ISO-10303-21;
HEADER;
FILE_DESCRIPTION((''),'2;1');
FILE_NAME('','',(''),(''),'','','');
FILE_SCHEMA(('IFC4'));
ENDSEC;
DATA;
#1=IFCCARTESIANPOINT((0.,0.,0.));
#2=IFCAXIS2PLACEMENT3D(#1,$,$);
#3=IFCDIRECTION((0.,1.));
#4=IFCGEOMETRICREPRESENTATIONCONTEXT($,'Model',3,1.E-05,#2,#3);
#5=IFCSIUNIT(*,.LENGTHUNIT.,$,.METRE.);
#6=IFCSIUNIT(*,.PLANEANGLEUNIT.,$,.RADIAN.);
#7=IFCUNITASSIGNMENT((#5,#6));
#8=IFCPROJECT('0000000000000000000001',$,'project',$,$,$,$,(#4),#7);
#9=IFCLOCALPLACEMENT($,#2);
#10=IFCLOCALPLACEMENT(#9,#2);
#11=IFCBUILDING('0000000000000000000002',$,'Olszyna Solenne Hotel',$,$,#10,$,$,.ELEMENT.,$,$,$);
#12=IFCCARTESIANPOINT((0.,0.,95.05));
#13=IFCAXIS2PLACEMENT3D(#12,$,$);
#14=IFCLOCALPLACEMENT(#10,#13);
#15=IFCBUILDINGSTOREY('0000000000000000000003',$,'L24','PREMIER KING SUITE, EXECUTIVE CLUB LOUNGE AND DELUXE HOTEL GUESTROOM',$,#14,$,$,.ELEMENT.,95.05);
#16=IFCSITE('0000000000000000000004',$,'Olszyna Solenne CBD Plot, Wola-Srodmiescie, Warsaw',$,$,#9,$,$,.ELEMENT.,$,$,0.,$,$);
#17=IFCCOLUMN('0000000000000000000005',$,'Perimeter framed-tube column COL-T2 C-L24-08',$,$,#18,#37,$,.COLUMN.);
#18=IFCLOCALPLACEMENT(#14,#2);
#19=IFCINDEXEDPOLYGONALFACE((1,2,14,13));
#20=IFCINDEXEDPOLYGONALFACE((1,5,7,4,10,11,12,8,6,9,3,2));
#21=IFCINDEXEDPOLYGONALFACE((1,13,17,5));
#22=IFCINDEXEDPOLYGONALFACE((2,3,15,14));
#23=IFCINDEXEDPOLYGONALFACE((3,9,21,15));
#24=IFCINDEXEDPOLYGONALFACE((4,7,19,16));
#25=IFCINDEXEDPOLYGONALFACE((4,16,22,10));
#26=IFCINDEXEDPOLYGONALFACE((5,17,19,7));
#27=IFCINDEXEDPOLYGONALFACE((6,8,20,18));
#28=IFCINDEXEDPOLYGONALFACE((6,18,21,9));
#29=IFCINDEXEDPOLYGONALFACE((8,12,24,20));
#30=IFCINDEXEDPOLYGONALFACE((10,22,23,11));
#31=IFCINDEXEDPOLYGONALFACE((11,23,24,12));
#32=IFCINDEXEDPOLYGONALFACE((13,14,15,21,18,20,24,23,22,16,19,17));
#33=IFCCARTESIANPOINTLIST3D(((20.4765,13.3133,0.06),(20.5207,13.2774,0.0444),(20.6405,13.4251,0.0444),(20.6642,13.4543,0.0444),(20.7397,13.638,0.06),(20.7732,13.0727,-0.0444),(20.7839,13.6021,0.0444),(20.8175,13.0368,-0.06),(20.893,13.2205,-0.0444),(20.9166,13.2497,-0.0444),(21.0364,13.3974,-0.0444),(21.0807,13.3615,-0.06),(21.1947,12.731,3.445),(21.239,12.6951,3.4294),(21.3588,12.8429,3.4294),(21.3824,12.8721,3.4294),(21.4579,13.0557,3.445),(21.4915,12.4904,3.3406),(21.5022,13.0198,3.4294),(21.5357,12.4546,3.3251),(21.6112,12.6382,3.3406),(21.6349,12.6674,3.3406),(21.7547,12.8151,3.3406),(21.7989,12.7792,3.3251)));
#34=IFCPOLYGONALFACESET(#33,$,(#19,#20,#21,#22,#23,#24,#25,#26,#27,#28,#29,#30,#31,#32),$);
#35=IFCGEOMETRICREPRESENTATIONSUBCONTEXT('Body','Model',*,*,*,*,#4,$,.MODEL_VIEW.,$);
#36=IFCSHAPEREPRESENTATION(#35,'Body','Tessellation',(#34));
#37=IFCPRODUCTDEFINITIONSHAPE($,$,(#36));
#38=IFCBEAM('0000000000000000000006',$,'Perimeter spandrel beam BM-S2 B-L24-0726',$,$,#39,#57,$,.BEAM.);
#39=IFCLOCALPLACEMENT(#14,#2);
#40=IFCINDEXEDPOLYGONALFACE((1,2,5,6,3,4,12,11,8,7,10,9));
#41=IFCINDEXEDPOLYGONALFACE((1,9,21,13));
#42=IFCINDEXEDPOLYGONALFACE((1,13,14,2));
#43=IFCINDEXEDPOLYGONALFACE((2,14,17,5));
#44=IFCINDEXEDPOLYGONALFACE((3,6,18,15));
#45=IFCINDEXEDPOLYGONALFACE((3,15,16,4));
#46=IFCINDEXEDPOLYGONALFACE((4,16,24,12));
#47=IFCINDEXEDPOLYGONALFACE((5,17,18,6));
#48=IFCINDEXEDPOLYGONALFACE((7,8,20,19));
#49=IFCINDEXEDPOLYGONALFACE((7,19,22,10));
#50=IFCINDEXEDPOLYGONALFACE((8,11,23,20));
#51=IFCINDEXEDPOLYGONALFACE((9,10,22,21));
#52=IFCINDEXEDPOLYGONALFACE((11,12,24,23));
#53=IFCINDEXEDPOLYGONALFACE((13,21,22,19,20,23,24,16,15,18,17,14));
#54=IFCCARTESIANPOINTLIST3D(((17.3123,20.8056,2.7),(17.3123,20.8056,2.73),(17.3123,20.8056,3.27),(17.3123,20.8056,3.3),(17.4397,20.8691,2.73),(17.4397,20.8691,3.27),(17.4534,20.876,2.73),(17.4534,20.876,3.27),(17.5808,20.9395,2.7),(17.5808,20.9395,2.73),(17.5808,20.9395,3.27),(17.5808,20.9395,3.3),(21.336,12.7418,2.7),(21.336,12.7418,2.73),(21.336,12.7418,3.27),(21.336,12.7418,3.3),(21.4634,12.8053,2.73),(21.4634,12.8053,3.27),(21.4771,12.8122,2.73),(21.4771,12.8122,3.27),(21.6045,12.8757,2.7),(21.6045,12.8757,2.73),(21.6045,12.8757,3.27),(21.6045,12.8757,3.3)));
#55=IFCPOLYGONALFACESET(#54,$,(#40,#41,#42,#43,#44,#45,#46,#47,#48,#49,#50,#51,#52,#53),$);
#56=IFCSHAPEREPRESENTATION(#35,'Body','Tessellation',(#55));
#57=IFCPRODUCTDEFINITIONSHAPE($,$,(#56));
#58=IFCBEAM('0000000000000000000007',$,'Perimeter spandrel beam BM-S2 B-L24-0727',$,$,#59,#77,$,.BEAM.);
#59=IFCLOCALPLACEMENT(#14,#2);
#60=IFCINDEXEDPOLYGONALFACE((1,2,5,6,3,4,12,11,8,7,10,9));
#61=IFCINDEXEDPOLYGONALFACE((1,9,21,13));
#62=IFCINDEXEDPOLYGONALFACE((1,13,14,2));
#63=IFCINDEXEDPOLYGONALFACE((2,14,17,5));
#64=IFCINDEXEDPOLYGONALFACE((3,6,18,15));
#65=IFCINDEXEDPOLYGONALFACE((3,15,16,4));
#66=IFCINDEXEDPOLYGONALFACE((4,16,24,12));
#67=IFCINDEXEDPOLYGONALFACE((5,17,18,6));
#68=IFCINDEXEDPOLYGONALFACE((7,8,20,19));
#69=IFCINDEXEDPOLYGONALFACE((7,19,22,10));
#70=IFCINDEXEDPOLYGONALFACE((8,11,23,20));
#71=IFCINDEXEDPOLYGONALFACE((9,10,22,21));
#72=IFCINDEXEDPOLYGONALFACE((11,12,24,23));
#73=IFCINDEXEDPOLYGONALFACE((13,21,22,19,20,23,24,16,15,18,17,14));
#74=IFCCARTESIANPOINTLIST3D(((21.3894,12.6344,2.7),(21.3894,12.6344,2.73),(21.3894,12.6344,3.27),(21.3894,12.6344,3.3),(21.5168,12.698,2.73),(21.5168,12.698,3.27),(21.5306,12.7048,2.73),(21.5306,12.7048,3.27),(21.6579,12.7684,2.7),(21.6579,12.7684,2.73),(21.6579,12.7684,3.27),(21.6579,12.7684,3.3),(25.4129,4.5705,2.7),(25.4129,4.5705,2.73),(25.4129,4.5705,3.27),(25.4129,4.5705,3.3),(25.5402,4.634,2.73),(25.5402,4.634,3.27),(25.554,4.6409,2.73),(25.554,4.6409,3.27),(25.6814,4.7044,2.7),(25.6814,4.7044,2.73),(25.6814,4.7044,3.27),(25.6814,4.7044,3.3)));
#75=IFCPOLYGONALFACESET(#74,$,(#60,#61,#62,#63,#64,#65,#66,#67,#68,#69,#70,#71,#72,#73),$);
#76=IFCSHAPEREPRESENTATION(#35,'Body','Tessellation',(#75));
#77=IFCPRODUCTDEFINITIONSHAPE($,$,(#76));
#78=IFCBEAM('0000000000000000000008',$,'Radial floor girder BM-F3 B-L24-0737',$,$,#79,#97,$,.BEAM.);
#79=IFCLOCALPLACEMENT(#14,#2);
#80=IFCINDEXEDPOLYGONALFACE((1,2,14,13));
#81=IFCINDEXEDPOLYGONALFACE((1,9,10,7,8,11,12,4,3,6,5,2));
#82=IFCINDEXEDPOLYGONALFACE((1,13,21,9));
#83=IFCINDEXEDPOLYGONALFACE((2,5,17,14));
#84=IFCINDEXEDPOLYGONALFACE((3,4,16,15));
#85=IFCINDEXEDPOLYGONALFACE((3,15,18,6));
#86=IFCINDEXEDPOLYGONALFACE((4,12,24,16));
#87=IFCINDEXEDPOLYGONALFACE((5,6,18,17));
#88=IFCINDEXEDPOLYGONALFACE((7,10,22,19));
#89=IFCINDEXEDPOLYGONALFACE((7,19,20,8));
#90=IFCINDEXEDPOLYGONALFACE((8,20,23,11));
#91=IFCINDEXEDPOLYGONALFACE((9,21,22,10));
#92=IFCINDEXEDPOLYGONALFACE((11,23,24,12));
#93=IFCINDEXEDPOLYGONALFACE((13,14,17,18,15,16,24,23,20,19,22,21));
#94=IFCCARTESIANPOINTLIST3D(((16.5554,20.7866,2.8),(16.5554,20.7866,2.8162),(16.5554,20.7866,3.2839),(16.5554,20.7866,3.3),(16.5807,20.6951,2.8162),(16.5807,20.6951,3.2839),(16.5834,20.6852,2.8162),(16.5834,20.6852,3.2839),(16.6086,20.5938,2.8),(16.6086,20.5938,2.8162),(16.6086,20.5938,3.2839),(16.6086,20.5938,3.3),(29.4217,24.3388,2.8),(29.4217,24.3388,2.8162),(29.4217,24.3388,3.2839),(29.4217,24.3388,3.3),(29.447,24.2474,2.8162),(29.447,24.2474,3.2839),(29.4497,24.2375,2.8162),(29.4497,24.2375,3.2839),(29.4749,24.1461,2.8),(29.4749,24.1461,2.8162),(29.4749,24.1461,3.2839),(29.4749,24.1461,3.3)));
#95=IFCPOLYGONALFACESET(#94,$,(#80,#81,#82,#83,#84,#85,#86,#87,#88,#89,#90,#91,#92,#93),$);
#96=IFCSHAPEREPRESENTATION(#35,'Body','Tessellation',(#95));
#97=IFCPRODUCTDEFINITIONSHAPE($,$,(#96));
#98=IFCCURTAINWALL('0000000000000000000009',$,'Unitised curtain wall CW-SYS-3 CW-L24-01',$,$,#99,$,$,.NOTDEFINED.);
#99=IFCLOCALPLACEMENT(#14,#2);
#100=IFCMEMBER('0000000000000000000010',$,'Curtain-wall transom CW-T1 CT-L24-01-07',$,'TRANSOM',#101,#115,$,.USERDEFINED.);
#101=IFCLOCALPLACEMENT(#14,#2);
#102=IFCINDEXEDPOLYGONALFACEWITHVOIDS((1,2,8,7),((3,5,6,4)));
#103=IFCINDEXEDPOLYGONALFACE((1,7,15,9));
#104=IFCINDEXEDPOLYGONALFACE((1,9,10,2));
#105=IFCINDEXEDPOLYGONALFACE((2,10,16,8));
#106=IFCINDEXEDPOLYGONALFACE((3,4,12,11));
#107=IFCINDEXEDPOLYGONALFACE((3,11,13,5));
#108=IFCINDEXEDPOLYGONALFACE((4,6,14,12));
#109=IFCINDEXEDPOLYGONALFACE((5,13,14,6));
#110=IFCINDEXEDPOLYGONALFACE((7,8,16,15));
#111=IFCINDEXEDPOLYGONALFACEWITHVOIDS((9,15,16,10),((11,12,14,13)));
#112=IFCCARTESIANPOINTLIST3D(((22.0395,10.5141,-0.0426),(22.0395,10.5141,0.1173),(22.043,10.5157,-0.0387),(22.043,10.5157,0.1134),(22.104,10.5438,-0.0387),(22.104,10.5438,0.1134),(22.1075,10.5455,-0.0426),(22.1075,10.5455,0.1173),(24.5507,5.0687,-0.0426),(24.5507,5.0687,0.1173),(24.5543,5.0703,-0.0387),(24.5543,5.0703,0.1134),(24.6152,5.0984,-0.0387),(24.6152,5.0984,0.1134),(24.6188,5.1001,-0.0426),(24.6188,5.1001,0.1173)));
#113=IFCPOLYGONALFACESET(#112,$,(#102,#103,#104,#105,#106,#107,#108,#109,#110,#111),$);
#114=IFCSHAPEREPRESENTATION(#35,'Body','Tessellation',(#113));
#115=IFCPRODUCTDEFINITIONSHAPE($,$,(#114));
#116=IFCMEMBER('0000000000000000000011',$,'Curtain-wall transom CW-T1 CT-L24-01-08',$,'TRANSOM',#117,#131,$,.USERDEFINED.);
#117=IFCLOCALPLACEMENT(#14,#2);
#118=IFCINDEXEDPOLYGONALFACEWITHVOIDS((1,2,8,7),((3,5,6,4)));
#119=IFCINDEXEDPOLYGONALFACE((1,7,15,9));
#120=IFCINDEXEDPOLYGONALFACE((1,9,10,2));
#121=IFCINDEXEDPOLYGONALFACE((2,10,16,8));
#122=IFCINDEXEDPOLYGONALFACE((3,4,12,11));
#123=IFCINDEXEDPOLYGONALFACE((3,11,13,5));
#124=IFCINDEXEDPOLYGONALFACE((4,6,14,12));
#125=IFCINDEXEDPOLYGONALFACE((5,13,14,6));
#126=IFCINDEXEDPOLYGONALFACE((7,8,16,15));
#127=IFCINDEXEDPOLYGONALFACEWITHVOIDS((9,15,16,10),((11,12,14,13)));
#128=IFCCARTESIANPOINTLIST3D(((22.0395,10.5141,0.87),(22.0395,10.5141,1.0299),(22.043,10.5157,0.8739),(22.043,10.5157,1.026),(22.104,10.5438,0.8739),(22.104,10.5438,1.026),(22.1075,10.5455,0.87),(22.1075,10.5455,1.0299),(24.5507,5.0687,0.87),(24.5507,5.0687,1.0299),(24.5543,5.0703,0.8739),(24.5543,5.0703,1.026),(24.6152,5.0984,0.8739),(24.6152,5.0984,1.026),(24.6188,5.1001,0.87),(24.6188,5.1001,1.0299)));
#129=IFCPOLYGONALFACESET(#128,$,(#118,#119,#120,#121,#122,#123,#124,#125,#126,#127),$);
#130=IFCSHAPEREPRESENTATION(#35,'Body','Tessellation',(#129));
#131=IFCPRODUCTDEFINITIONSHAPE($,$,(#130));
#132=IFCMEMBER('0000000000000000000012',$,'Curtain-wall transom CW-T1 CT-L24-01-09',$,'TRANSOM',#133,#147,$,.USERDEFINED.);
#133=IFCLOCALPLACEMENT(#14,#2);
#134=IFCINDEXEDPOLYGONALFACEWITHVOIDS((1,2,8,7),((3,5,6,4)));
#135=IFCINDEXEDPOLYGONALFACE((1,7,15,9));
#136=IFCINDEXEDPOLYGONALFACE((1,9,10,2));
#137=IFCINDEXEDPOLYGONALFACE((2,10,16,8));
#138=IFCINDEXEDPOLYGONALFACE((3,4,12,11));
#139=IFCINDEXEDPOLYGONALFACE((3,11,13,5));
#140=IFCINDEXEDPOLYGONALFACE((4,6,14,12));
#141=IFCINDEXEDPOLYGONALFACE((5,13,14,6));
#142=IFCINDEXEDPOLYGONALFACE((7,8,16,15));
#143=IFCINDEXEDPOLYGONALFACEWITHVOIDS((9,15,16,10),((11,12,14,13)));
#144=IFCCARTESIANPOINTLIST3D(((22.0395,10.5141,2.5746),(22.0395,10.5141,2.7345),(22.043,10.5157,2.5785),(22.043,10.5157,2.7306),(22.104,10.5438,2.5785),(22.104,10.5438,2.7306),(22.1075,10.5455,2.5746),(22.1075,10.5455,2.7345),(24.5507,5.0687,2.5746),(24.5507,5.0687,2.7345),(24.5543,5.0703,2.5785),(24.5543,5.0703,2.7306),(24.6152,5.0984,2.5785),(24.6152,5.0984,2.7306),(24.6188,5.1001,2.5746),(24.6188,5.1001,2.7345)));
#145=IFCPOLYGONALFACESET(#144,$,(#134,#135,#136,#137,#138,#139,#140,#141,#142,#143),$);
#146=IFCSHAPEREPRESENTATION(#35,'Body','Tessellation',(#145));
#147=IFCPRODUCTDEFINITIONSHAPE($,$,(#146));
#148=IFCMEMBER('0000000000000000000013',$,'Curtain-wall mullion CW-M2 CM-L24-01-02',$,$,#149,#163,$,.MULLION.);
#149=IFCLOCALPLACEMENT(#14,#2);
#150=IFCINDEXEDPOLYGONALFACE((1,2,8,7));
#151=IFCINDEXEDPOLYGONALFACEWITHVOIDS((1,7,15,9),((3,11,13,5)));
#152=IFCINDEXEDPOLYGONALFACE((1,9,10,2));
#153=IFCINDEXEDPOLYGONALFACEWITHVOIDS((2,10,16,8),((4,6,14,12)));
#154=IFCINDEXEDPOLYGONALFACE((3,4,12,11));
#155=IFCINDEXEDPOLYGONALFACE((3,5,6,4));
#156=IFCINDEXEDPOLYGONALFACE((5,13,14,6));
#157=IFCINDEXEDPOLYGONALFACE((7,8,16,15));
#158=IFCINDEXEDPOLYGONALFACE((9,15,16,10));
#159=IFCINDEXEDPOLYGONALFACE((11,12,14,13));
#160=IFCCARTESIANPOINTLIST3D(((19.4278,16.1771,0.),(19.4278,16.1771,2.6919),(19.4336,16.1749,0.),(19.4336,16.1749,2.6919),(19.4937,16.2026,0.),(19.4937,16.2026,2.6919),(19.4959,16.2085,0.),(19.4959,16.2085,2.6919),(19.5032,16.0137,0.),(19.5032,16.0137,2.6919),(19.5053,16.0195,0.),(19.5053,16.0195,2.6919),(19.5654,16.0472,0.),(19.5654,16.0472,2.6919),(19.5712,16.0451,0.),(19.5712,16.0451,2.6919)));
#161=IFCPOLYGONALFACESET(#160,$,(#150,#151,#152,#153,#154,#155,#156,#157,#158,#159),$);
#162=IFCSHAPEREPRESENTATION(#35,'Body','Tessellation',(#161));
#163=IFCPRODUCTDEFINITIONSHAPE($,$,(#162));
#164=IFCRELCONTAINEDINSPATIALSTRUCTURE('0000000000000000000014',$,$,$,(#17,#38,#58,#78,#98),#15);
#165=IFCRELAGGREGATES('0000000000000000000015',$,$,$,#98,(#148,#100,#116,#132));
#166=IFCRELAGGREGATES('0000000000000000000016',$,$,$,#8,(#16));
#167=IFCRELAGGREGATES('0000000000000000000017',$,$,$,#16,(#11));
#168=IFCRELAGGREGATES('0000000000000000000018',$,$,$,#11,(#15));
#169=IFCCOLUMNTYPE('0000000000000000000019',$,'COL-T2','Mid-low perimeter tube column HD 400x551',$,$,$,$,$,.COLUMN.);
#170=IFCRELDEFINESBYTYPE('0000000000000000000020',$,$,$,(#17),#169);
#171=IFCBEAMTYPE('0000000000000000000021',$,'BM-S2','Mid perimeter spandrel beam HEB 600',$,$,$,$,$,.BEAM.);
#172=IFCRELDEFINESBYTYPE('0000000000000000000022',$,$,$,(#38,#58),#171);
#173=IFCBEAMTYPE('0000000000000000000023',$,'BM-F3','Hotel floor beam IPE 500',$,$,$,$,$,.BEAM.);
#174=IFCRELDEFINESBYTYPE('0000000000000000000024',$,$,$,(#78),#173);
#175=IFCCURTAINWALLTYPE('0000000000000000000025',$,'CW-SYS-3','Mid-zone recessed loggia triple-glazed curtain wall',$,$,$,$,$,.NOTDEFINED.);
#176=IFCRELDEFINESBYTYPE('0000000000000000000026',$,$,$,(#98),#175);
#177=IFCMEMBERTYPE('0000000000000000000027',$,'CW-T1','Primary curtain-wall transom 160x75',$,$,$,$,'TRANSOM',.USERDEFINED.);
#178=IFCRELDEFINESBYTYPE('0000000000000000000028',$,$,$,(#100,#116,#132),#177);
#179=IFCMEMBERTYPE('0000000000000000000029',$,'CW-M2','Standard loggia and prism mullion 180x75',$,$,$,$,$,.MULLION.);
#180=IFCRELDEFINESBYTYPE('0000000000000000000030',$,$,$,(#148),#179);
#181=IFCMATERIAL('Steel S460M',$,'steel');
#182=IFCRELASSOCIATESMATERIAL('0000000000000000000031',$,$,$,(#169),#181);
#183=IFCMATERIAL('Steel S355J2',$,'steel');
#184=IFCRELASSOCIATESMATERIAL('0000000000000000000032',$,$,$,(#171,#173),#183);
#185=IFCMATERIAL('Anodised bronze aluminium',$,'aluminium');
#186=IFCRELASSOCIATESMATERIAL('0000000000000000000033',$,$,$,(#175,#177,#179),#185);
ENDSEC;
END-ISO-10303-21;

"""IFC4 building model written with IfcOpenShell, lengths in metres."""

from ifc_helpers import new_model, si_unit, direction, frame, origin, origin_2d, place, context, subcontext, project, spatial, hollow_rectangle, i_section, extrude, source, transform, mapped, material, material_profile, profile_set, type_object, element, aggregate, save


model = new_model("IFC4")

# Units and contexts
model_context = context("Model", 3, precision=1e-05, world=origin(), true_north=direction((0.0, 1.0)))
body_context = subcontext(model_context, "Body", "Model", "MODEL_VIEW")
ifc_project = project(units=[si_unit("LENGTHUNIT", "METRE"), si_unit("PLANEANGLEUNIT", "RADIAN")], contexts=[model_context])

# Site, building, storey
site_placement = place(None, origin())
site = spatial("IfcSite", under=ifc_project, at=site_placement, Name="Olszyna Solenne CBD Plot, Wola-Srodmiescie, Warsaw", CompositionType="ELEMENT", RefElevation=0.0)
building_placement = place(site_placement, origin())
building = spatial("IfcBuilding", under=site, at=building_placement, Name="Olszyna Solenne Hotel", CompositionType="ELEMENT")
storey_placement = place(building_placement, frame((0.0, 0.0, 95.05)))
storey = spatial("IfcBuildingStorey", under=building, at=storey_placement, Name="L24", Description="PREMIER KING SUITE, EXECUTIVE CLUB LOUNGE AND DELUXE HOTEL GUESTROOM", CompositionType="ELEMENT", Elevation=95.05)

# Column
ifc_material_1 = material(Name="Steel S460M", Category="steel")
ifc_material_profile_1 = material_profile(ifc_material_1, i_section(OverallWidth=0.418, OverallDepth=0.4551, WebThickness=0.0376, FlangeThickness=0.0591, at=origin_2d()), Name="HD 400x551", Category="load-bearing")
ifc_profile_set_1 = profile_set([ifc_material_profile_1], Name="Steel S460M")
column_type = type_object("IfcColumnType", Name="COL-T2", Description="Mid-low perimeter tube column HD 400x551", PredefinedType="COLUMN", material=ifc_profile_set_1)
shared_shape_1 = source(origin(), body_context, "Body", "SweptSolid", [
    extrude(i_section(OverallWidth=0.418, OverallDepth=0.4551, WebThickness=0.0376, FlangeThickness=0.0591, at=origin_2d()), origin(), (0.0, 0.0, 1.0), 3.509),
])
column_placement = place(storey_placement, frame((20.7786, 13.3374, 0.0), z_axis=(0.20469, -0.165937, 0.964659), x_axis=(0.629737, 0.776808, 0.0)))
element("IfcColumn", 1, at=column_placement, inside=storey, type_object=column_type, Name="Perimeter framed-tube column COL-T2 C-L24-08", PredefinedType="COLUMN", context=body_context, shape_type="MappedRepresentation", body=[
    mapped(shared_shape_1, transform((0.0, 0.0, 0.0), x_axis=(1.0, 0.0, 0.0), y_axis=(0.0, 1.0, 0.0), z_axis=(0.0, 0.0, 1.0), scale=1.0)),
])

# Beams
ifc_material_2 = material(Name="Steel S355J2", Category="steel")
ifc_material_profile_2 = material_profile(ifc_material_2, i_section(OverallWidth=0.3, OverallDepth=0.6001, WebThickness=0.0154, FlangeThickness=0.03, at=origin_2d()), Name="HEB 600", Category="load-bearing")
ifc_profile_set_2 = profile_set([ifc_material_profile_2], Name="Steel S355J2")
beam_type_1 = type_object("IfcBeamType", Name="BM-S2", Description="Mid perimeter spandrel beam HEB 600", PredefinedType="BEAM", material=ifc_profile_set_2)
shared_shape_2 = source(origin(), body_context, "Body", "SweptSolid", [
    extrude(i_section(OverallWidth=0.3, OverallDepth=0.6001, WebThickness=0.0154, FlangeThickness=0.03, at=origin_2d()), origin(), (0.0, 0.0, 1.0), 9.012),
])
for number, where, z_axis, x_axis, name in (
    (2, (17.4465, 20.8726, 3.0), (0.446487, -0.89479, 0.0), (0.89479, 0.446487, 0.0), "Perimeter spandrel beam BM-S2 B-L24-0726"),
    (3, (21.5237, 12.7014, 3.0), (0.446455, -0.894806, 0.0), (0.894806, 0.446455, 0.0), "Perimeter spandrel beam BM-S2 B-L24-0727"),
):
    element("IfcBeam", number, at=place(storey_placement, frame(where, z_axis=z_axis, x_axis=x_axis)), inside=storey, type_object=beam_type_1, Name=name, PredefinedType="BEAM", context=body_context, shape_type="MappedRepresentation", body=[
        mapped(shared_shape_2, transform((0.0, 0.0, 0.0), x_axis=(1.0, 0.0, 0.0), y_axis=(0.0, 1.0, 0.0), z_axis=(0.0, 0.0, 1.0), scale=1.0)),
    ])
ifc_material_profile_3 = material_profile(ifc_material_2, i_section(OverallWidth=0.2, OverallDepth=0.5, WebThickness=0.0103, FlangeThickness=0.0161, at=origin_2d()), Name="IPE 500", Category="load-bearing")
ifc_profile_set_3 = profile_set([ifc_material_profile_3], Name="Steel S355J2")
beam_type_2 = type_object("IfcBeamType", Name="BM-F3", Description="Hotel floor beam IPE 500", PredefinedType="BEAM", material=ifc_profile_set_3)
shared_shape_3 = source(origin(), body_context, "Body", "SweptSolid", [
    extrude(i_section(OverallWidth=0.2, OverallDepth=0.5, WebThickness=0.0103, FlangeThickness=0.0161, at=origin_2d()), origin(), (0.0, 0.0, 1.0), 13.3477),
])
beam_placement = place(storey_placement, frame((16.582, 20.6902, 3.05), z_axis=(0.963936, 0.266134, 0.0), x_axis=(-0.266134, 0.963936, 0.0)))
element("IfcBeam", 4, at=beam_placement, inside=storey, type_object=beam_type_2, Name="Radial floor girder BM-F3 B-L24-0737", PredefinedType="BEAM", context=body_context, shape_type="MappedRepresentation", body=[
    mapped(shared_shape_3, transform((0.0, 0.0, 0.0), x_axis=(1.0, 0.0, 0.0), y_axis=(0.0, 1.0, 0.0), z_axis=(0.0, 0.0, 1.0), scale=1.0)),
])

# Curtain wall, members
ifc_material_3 = material(Name="Anodised bronze aluminium", Category="aluminium")
curtain_wall_type = type_object("IfcCurtainWallType", Name="CW-SYS-3", Description="Mid-zone recessed loggia triple-glazed curtain wall", PredefinedType="NOTDEFINED", material=ifc_material_3)
curtain_wall_placement = place(storey_placement, origin())
curtain_wall = element("IfcCurtainWall", 5, at=curtain_wall_placement, inside=storey, type_object=curtain_wall_type, Name="Unitised curtain wall CW-SYS-3 CW-L24-01", PredefinedType="NOTDEFINED")
ifc_material_profile_4 = material_profile(ifc_material_3, hollow_rectangle(XDim=0.075, YDim=0.1599, WallThickness=0.0039, at=origin_2d()), Name="TRAN 160x75x4", Category="load-bearing")
ifc_profile_set_4 = profile_set([ifc_material_profile_4], Name="Anodised bronze aluminium")
member_type_1 = type_object("IfcMemberType", Name="CW-T1", Description="Primary curtain-wall transom 160x75", ElementType="TRANSOM", PredefinedType="USERDEFINED", material=ifc_profile_set_4)
shared_shape_4 = source(origin(), body_context, "Body", "SweptSolid", [
    extrude(hollow_rectangle(XDim=0.075, YDim=0.1599, WallThickness=0.0039, at=origin_2d()), origin(), (0.0, 0.0, 1.0), 5.9966),
])
member_1_placement = place(storey_placement, frame((22.0735, 10.5298, 0.0374), z_axis=(0.418784, -0.908086, 0.0), x_axis=(0.908086, 0.418784, 0.0)))
member_1 = element("IfcMember", 6, at=member_1_placement, type_object=member_type_1, Name="Curtain-wall transom CW-T1 CT-L24-01-07", ObjectType="TRANSOM", PredefinedType="USERDEFINED", context=body_context, shape_type="MappedRepresentation", body=[
    mapped(shared_shape_4, transform((0.0, 0.0, 0.0), x_axis=(1.0, 0.0, 0.0), y_axis=(0.0, 1.0, 0.0), z_axis=(0.0, 0.0, 1.0), scale=1.0)),
])
member_2_placement = place(storey_placement, frame((22.0735, 10.5298, 0.95), z_axis=(0.418784, -0.908086, 0.0), x_axis=(0.908086, 0.418784, 0.0)))
member_2 = element("IfcMember", 7, at=member_2_placement, type_object=member_type_1, Name="Curtain-wall transom CW-T1 CT-L24-01-08", ObjectType="TRANSOM", PredefinedType="USERDEFINED", context=body_context, shape_type="MappedRepresentation", body=[
    mapped(shared_shape_4, transform((0.0, 0.0, 0.0), x_axis=(1.0, 0.0, 0.0), y_axis=(0.0, 1.0, 0.0), z_axis=(0.0, 0.0, 1.0), scale=1.0)),
])
member_3_placement = place(storey_placement, frame((22.0735, 10.5298, 2.6545), z_axis=(0.418784, -0.908086, 0.0), x_axis=(0.908086, 0.418784, 0.0)))
member_3 = element("IfcMember", 8, at=member_3_placement, type_object=member_type_1, Name="Curtain-wall transom CW-T1 CT-L24-01-09", ObjectType="TRANSOM", PredefinedType="USERDEFINED", context=body_context, shape_type="MappedRepresentation", body=[
    mapped(shared_shape_4, transform((0.0, 0.0, 0.0), x_axis=(1.0, 0.0, 0.0), y_axis=(0.0, 1.0, 0.0), z_axis=(0.0, 0.0, 1.0), scale=1.0)),
])
ifc_material_profile_5 = material_profile(ifc_material_3, hollow_rectangle(XDim=0.075, YDim=0.1799, WallThickness=0.0044, at=origin_2d()), Name="MULL 180x75x4.5", Category="load-bearing")
ifc_profile_set_5 = profile_set([ifc_material_profile_5], Name="Anodised bronze aluminium")
member_type_2 = type_object("IfcMemberType", Name="CW-M2", Description="Standard loggia and prism mullion 180x75", PredefinedType="MULLION", material=ifc_profile_set_5)
shared_shape_5 = source(origin(), body_context, "Body", "SweptSolid", [
    extrude(hollow_rectangle(XDim=0.075, YDim=0.1799, WallThickness=0.0044, at=origin_2d()), origin(), (0.0, 0.0, 1.0), 2.6919),
])
member_4_placement = place(storey_placement, frame((19.4995, 16.1111, 0.0), z_axis=(0.0, 0.0, 1.0), x_axis=(0.908085, 0.418785, 0.0)))
member_4 = element("IfcMember", 9, at=member_4_placement, type_object=member_type_2, Name="Curtain-wall mullion CW-M2 CM-L24-01-02", PredefinedType="MULLION", context=body_context, shape_type="MappedRepresentation", body=[
    mapped(shared_shape_5, transform((0.0, 0.0, 0.0), x_axis=(1.0, 0.0, 0.0), y_axis=(0.0, 1.0, 0.0), z_axis=(0.0, 0.0, 1.0), scale=1.0)),
])

aggregate(curtain_wall, [member_4, member_1, member_2, member_3])

save(model, "model.ifc")
